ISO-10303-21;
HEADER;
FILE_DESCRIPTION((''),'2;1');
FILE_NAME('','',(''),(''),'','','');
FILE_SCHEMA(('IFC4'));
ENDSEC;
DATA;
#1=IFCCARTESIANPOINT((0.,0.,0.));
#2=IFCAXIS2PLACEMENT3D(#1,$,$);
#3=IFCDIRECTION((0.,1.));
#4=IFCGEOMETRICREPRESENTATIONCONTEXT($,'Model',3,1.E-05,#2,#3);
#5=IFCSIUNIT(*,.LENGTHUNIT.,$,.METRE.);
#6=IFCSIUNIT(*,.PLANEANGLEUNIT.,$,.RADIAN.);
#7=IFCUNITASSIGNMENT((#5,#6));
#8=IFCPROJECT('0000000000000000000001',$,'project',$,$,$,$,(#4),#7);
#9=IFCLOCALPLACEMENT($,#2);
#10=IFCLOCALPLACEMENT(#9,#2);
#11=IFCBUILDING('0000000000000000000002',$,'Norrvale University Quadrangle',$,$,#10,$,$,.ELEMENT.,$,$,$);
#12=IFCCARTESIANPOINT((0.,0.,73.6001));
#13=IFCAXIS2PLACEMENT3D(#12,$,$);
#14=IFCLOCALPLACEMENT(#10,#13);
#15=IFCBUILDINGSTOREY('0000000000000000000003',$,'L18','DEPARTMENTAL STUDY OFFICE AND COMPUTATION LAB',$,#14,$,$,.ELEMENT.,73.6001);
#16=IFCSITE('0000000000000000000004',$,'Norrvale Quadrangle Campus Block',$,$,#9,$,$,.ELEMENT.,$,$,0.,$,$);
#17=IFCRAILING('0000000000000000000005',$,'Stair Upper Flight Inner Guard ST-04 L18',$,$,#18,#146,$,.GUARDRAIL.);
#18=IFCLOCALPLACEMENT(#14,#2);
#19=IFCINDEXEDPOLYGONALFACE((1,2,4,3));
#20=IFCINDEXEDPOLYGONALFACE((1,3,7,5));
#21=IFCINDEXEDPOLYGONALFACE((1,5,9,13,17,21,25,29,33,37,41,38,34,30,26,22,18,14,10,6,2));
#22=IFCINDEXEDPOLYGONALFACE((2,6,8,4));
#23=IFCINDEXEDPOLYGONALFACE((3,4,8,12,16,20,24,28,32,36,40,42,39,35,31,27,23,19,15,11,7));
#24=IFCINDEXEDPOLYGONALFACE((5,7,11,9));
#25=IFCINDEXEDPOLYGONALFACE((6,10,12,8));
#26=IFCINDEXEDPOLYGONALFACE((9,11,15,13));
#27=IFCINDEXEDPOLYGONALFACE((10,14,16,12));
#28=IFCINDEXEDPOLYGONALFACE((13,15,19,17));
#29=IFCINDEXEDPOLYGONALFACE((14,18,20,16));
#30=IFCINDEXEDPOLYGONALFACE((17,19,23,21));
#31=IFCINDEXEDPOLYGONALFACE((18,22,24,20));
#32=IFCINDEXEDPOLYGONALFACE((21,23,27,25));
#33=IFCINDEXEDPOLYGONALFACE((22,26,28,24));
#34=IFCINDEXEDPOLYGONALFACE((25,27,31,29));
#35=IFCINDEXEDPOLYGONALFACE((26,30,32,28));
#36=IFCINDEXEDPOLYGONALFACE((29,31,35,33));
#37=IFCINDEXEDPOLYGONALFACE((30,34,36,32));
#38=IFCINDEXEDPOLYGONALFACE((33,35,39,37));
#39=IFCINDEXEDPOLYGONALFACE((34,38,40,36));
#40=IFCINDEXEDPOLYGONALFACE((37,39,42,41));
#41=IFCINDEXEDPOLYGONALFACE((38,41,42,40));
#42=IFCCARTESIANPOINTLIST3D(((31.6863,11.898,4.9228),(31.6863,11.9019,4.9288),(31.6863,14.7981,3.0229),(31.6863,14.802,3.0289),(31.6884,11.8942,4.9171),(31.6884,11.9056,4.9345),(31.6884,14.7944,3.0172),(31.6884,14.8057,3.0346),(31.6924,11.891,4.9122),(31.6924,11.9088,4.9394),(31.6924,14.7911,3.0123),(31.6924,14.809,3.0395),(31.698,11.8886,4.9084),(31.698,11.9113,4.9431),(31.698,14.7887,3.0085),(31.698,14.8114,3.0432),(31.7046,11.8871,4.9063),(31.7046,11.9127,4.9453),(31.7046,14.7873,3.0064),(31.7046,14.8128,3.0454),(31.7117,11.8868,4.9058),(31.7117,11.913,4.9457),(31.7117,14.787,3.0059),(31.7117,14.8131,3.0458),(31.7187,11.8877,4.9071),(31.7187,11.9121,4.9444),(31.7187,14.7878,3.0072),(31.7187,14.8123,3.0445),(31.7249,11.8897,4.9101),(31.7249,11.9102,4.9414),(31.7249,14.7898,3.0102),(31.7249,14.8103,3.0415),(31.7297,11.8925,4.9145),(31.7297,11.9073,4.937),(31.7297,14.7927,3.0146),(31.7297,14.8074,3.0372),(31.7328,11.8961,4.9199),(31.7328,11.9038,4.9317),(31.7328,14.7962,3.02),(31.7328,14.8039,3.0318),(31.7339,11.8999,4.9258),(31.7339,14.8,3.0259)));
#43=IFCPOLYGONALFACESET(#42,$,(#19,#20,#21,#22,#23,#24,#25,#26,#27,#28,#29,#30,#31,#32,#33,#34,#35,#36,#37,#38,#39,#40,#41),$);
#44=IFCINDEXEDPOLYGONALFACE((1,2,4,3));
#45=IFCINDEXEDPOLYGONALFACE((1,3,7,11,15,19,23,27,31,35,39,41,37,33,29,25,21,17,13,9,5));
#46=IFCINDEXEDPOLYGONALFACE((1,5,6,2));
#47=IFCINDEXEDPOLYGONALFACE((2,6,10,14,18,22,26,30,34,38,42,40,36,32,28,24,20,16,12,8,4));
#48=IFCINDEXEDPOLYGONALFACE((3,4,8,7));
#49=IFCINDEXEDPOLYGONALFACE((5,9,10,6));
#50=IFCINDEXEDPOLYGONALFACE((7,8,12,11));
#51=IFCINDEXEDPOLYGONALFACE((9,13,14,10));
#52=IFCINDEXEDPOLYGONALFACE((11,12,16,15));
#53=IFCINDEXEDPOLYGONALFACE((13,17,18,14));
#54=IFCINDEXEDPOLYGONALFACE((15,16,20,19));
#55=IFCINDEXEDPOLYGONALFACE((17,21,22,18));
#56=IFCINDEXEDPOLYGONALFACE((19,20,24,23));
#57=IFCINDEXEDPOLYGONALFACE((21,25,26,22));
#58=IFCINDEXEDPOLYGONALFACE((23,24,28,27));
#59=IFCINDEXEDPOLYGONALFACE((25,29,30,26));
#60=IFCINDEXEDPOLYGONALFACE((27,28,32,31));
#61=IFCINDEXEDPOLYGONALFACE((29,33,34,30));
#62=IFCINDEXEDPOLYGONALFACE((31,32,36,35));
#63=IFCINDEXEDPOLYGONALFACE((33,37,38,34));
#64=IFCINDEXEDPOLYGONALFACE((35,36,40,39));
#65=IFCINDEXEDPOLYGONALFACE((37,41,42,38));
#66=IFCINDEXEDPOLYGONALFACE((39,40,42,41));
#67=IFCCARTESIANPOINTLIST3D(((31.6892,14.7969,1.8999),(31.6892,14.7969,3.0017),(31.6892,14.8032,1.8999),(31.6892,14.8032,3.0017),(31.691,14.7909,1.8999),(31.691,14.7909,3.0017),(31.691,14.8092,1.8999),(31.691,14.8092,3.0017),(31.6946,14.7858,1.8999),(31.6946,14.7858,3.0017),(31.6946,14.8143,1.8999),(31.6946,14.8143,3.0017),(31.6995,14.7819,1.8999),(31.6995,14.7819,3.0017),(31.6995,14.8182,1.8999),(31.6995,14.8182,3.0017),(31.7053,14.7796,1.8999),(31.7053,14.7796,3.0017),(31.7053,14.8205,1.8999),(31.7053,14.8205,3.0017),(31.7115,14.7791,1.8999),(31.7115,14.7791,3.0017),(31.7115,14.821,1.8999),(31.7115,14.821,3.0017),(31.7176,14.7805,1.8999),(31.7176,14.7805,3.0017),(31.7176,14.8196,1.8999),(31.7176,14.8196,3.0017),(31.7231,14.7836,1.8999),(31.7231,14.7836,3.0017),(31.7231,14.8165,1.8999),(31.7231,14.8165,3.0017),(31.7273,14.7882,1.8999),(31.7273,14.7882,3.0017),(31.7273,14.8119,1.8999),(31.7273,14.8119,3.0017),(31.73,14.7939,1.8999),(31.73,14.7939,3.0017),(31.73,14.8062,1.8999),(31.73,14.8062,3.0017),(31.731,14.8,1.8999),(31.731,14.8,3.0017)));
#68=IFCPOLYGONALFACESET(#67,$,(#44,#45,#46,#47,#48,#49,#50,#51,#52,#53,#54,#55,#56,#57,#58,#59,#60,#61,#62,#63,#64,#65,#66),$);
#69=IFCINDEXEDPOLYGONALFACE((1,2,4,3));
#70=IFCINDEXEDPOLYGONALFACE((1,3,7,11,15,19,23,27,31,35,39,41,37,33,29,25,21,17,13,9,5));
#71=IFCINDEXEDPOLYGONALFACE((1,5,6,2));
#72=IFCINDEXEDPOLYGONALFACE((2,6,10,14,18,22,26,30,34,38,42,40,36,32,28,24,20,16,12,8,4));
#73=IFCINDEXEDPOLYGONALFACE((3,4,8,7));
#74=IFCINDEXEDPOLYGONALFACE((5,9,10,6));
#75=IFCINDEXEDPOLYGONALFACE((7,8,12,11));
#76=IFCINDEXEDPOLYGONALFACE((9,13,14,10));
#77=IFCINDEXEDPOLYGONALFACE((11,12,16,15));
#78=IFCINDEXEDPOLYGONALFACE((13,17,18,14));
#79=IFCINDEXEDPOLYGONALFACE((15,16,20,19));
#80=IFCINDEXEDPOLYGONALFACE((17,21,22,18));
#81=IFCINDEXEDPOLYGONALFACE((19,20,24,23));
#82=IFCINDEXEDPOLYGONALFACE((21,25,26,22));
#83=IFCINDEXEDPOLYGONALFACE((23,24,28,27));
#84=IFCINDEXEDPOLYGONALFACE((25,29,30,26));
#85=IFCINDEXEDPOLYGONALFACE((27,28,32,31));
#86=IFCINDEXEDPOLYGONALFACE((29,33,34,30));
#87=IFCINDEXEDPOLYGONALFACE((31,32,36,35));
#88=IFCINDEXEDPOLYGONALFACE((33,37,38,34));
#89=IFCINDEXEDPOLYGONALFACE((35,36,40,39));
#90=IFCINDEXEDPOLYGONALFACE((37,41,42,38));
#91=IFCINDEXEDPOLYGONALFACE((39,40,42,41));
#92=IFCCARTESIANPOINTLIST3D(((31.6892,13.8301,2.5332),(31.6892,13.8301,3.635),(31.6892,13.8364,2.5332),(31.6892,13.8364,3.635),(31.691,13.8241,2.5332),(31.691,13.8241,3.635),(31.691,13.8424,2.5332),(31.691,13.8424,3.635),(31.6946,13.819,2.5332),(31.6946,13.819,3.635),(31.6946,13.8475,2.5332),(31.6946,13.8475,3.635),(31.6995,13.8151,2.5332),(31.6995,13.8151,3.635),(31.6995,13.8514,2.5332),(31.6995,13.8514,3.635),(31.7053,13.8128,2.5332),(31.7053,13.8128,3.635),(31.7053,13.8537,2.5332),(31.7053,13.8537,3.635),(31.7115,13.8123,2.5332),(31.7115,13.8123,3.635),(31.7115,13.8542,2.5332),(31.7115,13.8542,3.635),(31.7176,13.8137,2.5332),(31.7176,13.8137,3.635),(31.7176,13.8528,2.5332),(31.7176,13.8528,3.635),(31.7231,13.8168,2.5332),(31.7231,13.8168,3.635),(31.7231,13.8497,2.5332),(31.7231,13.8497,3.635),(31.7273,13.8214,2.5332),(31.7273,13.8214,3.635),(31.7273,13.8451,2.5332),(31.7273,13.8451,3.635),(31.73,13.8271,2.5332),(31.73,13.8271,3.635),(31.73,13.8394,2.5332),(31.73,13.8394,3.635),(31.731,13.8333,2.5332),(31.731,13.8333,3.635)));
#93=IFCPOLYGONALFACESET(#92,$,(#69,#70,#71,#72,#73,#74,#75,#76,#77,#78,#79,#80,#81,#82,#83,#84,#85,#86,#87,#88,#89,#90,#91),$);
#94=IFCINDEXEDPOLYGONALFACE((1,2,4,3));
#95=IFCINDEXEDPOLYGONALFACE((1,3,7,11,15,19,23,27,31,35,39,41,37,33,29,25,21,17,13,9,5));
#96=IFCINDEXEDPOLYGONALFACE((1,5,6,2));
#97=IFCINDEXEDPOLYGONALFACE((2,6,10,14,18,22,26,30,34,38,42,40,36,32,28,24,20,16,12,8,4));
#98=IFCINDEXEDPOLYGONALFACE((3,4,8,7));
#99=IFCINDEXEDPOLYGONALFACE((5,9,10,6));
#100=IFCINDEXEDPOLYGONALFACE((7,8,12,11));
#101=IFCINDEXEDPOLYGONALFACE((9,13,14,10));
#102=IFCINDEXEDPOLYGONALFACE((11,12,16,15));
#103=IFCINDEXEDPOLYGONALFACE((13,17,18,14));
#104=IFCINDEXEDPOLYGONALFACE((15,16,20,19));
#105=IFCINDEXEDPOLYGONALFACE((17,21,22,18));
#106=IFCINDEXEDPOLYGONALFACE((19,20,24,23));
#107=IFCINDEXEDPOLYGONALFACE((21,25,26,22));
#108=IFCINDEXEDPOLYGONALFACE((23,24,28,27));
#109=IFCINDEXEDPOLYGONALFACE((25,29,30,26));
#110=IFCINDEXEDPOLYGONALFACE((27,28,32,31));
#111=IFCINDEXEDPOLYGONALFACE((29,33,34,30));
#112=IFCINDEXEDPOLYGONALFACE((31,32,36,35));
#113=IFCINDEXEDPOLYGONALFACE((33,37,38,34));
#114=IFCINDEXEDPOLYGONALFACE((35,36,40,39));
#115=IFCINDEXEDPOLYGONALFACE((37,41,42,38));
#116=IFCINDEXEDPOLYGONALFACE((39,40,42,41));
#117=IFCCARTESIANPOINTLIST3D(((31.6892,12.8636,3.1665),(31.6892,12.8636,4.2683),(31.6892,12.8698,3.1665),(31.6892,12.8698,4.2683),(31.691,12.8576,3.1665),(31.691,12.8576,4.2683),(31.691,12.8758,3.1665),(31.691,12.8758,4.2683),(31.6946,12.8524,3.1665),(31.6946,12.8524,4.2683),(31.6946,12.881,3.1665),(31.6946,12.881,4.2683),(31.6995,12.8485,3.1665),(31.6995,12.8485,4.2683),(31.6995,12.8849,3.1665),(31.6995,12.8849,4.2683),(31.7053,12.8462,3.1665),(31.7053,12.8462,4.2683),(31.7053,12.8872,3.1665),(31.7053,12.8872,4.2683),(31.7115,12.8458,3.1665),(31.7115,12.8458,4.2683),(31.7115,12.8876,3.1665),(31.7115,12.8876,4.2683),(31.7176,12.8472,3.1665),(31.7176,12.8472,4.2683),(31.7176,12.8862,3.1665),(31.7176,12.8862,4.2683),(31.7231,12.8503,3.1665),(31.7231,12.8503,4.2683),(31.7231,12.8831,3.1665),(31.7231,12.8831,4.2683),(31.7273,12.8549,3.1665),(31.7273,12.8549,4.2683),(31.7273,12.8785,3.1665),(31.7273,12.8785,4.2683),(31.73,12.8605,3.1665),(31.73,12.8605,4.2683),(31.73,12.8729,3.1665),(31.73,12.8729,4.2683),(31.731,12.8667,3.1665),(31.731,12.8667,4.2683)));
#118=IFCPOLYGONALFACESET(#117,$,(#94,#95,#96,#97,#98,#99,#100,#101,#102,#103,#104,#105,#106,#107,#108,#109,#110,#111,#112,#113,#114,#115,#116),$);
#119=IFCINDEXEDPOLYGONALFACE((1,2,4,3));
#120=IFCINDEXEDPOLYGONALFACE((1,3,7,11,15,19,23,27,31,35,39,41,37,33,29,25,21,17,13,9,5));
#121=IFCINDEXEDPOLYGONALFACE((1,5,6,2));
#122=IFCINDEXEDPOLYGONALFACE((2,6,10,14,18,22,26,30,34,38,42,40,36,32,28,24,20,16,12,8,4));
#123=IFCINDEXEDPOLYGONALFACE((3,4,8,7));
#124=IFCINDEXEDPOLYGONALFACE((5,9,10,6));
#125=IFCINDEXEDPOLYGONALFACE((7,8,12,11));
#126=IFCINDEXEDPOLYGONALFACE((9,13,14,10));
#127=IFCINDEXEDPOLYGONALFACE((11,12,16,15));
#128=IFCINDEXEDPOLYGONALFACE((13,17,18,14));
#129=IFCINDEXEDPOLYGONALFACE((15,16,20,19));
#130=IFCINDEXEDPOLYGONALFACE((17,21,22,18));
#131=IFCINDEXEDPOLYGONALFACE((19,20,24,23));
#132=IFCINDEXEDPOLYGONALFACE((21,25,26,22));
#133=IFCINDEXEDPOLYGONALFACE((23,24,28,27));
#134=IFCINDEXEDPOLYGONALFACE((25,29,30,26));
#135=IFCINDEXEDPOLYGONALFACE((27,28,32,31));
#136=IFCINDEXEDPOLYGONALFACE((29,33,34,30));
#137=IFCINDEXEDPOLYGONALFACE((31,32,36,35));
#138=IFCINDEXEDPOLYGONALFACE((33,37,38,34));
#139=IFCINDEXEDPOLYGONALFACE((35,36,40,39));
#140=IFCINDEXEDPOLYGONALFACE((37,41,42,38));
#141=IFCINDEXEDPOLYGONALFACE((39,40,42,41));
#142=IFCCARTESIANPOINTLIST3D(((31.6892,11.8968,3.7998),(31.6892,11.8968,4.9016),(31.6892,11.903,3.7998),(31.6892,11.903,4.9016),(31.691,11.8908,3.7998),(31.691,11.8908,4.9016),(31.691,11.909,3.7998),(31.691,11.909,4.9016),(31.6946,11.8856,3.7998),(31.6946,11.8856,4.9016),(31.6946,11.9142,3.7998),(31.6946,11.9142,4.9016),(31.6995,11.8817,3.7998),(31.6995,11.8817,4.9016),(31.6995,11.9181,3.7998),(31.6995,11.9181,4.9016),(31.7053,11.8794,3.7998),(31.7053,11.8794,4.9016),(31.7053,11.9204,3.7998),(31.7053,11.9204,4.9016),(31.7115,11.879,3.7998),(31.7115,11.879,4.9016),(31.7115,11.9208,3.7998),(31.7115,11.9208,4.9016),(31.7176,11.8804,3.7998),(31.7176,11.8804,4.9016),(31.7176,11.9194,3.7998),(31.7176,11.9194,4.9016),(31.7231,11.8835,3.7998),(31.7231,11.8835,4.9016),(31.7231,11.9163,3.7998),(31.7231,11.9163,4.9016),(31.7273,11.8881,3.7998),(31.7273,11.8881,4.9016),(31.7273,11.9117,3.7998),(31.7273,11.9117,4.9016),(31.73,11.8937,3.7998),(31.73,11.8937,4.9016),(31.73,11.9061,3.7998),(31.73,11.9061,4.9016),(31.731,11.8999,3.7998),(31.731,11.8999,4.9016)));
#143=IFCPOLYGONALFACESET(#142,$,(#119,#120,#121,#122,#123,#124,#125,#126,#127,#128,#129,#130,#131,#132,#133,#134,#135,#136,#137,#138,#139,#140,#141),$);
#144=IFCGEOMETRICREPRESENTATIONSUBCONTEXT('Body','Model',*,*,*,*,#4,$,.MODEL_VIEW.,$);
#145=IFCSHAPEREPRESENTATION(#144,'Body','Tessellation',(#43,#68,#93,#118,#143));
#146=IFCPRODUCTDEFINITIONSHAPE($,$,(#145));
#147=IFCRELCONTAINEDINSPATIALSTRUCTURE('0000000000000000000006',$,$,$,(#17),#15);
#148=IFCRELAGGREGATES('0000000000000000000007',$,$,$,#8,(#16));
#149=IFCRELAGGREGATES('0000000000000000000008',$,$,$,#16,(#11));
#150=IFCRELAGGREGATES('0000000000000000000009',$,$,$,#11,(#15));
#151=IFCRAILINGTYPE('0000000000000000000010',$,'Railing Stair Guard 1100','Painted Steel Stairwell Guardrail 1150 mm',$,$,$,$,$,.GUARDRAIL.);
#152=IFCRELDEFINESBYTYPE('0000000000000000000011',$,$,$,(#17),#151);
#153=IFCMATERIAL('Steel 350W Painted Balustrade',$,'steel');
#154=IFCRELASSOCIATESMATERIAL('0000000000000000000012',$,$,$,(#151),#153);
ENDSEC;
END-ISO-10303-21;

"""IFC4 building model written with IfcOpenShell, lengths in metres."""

from ifc_helpers import new_model, si_unit, direction, frame, origin, origin_2d, place, context, subcontext, project, spatial, circle, extrude, material, type_object, element, save


model = new_model("IFC4")

# Units and contexts
model_context = context("Model", 3, precision=1e-05, world=origin(), true_north=direction((0.0, 1.0)))
body_context = subcontext(model_context, "Body", "Model", "MODEL_VIEW")
ifc_project = project(units=[si_unit("LENGTHUNIT", "METRE"), si_unit("PLANEANGLEUNIT", "RADIAN")], contexts=[model_context])

# Site, building, storey
site_placement = place(None, origin())
site = spatial("IfcSite", under=ifc_project, at=site_placement, Name="Norrvale Quadrangle Campus Block", CompositionType="ELEMENT", RefElevation=0.0)
building_placement = place(site_placement, origin())
building = spatial("IfcBuilding", under=site, at=building_placement, Name="Norrvale University Quadrangle", CompositionType="ELEMENT")
storey_placement = place(building_placement, frame((0.0, 0.0, 73.6001)))
storey = spatial("IfcBuildingStorey", under=building, at=storey_placement, Name="L18", Description="DEPARTMENTAL STUDY OFFICE AND COMPUTATION LAB", CompositionType="ELEMENT", Elevation=73.6001)

# Railing
ifc_material_1 = material(Name="Steel 350W Painted Balustrade", Category="steel")
railing_type_1 = type_object("IfcRailingType", Name="Railing Stair Guard 1100", Description="Painted Steel Stairwell Guardrail 1150 mm", PredefinedType="GUARDRAIL", material=ifc_material_1)
railing_1_placement = place(storey_placement, frame((31.71, 14.8, 1.8999)))
element("IfcRailing", 1, at=railing_1_placement, inside=storey, type_object=railing_type_1, Name="Stair Upper Flight Inner Guard ST-04 L18", PredefinedType="GUARDRAIL", context=body_context, shape_type="SweptSolid", body=[
    extrude(circle(Radius=0.0239, at=origin_2d()), frame((0.0, 0.0, 1.126), z_axis=(0.0, -0.836487, 0.547987), x_axis=(1.0, 0.0, 0.0)), (0.0, 0.0, 1.0), 3.467),
    extrude(circle(Radius=0.021, at=origin_2d()), origin(), (0.0, 0.0, 1.0), 1.1018),
    extrude(circle(Radius=0.021, at=origin_2d()), frame((0.0, -0.9668, 0.6333)), (0.0, 0.0, 1.0), 1.1018),
    extrude(circle(Radius=0.021, at=origin_2d()), frame((0.0, -1.9333, 1.2666)), (0.0, 0.0, 1.0), 1.1018),
    extrude(circle(Radius=0.021, at=origin_2d()), frame((0.0, -2.9001, 1.8999)), (0.0, 0.0, 1.0), 1.1018),
])

save(model, "model.ifc")
